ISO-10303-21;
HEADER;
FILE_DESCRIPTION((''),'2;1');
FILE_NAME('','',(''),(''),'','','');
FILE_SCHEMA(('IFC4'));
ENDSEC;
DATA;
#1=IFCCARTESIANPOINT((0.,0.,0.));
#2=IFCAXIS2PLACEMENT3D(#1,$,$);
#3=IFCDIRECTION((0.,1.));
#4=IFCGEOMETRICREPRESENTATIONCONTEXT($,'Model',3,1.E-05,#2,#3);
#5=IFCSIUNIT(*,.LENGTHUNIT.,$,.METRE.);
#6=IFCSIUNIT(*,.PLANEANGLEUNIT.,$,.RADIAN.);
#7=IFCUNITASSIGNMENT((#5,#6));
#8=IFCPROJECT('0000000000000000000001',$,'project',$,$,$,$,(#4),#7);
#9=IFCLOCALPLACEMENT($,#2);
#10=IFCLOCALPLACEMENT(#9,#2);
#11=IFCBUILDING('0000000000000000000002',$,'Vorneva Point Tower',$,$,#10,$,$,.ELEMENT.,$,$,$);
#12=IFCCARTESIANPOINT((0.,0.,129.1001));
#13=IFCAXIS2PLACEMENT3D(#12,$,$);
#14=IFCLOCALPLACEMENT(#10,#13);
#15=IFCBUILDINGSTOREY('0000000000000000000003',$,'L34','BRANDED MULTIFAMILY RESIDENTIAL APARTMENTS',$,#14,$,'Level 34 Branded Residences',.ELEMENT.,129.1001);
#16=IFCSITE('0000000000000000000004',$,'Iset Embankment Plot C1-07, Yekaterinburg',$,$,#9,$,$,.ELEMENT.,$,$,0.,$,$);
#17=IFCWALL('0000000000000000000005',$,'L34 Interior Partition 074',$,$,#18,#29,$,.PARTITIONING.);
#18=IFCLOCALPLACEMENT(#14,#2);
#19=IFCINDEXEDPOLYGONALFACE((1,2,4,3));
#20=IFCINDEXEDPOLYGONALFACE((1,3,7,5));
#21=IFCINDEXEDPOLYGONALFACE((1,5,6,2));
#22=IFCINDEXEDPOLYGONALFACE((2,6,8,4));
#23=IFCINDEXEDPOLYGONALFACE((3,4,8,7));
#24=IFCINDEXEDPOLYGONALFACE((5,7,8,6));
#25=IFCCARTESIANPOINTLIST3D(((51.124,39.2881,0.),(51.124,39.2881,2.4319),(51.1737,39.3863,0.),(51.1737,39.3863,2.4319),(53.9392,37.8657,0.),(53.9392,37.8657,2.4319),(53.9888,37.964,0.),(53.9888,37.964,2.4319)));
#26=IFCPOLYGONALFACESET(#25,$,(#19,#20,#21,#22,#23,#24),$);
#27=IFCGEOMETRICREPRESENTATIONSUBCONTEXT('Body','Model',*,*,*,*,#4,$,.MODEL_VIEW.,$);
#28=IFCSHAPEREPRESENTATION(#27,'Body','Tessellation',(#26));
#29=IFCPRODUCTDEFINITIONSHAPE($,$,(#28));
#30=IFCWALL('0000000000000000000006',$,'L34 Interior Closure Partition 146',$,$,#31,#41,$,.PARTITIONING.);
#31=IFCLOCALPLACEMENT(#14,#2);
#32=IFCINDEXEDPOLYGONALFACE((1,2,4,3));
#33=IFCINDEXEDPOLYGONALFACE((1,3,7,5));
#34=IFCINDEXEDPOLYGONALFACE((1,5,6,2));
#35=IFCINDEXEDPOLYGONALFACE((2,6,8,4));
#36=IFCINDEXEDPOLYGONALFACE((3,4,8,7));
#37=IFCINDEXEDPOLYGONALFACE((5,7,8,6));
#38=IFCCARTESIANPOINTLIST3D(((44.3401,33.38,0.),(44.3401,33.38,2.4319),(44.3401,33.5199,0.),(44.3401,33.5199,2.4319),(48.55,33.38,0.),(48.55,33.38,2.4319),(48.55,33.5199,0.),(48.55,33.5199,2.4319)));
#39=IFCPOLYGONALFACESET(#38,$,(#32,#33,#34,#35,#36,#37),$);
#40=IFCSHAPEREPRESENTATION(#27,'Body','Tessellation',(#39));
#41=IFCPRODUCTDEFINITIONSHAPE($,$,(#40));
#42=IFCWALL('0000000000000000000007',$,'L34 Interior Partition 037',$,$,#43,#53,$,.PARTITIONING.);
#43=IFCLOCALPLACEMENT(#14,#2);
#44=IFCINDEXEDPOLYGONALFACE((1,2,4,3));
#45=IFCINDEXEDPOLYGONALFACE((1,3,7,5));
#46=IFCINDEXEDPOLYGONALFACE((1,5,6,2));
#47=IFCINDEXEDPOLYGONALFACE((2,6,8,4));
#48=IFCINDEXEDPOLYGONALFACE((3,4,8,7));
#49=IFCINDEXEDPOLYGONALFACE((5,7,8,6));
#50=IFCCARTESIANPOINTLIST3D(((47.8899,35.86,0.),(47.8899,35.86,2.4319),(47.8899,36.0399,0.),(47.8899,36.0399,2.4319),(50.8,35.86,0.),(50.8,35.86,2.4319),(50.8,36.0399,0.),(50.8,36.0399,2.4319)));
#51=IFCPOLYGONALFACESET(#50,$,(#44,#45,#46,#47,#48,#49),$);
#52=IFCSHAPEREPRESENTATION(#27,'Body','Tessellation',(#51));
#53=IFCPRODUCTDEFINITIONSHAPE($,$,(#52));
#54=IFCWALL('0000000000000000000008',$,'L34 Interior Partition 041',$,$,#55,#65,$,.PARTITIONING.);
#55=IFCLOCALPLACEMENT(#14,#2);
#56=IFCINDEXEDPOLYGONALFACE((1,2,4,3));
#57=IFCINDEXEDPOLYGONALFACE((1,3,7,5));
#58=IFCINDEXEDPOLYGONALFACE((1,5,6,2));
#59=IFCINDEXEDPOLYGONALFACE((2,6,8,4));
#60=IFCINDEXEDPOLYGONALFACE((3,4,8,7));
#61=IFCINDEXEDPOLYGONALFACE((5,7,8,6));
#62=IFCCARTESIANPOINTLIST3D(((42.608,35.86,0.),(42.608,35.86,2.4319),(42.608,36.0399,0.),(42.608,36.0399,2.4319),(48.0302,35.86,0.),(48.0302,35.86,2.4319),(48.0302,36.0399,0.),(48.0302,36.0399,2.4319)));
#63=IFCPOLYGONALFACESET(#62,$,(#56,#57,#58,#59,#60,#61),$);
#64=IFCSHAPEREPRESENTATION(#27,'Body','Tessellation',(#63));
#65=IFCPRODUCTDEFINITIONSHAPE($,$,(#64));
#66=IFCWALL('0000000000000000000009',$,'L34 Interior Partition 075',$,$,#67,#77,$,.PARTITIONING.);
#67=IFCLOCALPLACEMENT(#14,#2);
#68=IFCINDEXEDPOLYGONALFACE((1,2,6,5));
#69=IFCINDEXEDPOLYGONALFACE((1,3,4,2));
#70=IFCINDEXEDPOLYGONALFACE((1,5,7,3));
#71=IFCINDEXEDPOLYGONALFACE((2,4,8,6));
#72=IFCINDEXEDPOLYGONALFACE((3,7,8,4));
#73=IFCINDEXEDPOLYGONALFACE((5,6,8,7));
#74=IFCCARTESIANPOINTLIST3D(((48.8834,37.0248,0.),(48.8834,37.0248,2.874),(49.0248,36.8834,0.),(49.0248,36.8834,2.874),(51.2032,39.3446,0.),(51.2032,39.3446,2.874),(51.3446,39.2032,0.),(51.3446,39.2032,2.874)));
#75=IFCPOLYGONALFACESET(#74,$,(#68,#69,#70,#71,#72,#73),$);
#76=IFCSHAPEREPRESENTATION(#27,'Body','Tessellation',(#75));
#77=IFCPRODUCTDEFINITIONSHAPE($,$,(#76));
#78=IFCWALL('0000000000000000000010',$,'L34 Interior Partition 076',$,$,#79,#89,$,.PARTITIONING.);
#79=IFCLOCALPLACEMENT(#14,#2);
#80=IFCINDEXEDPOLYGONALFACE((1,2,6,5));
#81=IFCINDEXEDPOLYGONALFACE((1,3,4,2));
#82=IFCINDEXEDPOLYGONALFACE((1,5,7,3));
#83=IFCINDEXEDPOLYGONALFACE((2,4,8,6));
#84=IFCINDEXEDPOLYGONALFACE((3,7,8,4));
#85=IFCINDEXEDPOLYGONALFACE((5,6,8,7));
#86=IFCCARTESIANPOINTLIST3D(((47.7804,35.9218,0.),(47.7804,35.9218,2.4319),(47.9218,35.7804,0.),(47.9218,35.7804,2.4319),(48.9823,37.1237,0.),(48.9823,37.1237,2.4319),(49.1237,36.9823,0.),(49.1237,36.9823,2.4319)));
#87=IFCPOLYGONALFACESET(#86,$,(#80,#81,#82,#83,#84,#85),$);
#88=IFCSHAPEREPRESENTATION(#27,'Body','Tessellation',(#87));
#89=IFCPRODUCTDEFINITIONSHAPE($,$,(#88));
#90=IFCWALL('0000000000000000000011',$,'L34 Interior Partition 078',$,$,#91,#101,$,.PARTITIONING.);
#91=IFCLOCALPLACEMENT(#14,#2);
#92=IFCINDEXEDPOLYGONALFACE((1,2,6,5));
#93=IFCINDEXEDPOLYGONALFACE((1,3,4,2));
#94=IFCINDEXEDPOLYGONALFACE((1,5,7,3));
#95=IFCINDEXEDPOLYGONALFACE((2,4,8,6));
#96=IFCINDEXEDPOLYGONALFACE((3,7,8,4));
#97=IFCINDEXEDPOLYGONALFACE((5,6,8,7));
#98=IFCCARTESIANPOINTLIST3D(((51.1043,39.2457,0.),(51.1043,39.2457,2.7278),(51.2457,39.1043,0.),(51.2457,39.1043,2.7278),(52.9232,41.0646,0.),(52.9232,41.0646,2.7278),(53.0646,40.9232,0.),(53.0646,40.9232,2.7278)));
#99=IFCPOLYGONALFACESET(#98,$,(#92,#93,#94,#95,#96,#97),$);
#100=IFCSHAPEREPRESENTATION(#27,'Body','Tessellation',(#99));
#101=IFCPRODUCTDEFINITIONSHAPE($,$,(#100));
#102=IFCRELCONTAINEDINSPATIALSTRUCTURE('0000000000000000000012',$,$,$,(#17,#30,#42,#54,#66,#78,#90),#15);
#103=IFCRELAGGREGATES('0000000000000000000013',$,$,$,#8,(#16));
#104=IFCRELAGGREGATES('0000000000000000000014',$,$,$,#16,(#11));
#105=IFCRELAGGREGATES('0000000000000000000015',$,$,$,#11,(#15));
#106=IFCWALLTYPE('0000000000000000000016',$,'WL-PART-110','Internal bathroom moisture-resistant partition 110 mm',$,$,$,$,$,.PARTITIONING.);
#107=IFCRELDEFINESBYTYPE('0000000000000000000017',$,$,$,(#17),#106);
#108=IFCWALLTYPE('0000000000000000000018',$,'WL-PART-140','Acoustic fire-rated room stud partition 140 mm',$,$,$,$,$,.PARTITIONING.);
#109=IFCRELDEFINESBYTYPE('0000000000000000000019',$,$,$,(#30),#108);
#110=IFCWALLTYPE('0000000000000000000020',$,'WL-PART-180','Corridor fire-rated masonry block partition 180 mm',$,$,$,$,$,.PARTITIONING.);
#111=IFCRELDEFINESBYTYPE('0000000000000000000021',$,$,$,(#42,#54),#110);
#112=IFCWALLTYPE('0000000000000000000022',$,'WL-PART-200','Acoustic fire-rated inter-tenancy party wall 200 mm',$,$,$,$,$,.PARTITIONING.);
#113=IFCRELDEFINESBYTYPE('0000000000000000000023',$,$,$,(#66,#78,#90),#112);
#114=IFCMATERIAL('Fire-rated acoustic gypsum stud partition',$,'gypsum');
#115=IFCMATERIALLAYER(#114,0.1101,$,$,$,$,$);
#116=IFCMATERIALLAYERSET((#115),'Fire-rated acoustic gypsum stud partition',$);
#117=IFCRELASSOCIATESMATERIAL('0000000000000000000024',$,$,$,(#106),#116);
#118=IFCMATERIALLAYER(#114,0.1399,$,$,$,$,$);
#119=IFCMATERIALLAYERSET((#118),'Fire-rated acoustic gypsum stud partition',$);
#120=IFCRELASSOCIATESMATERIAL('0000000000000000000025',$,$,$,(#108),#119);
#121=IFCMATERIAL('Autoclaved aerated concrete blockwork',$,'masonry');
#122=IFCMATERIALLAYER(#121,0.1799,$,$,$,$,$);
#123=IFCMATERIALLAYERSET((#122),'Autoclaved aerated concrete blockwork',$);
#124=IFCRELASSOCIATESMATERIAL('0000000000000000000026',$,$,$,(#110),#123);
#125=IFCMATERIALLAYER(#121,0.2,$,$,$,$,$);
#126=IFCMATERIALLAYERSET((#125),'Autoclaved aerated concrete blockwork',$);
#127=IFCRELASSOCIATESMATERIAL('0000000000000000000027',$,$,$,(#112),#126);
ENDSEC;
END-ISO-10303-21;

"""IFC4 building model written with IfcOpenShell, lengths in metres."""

from ifc_helpers import new_model, si_unit, direction, frame, frame_2d, origin, place, context, subcontext, project, spatial, rectangle, extrude, material, layer, layer_set, type_object, element, save


model = new_model("IFC4")

# Units and contexts
model_context = context("Model", 3, precision=1e-05, world=origin(), true_north=direction((0.0, 1.0)))
body_context = subcontext(model_context, "Body", "Model", "MODEL_VIEW")
ifc_project = project(units=[si_unit("LENGTHUNIT", "METRE"), si_unit("PLANEANGLEUNIT", "RADIAN")], contexts=[model_context])

# Site, building, storey
site_placement = place(None, origin())
site = spatial("IfcSite", under=ifc_project, at=site_placement, Name="Iset Embankment Plot C1-07, Yekaterinburg", CompositionType="ELEMENT", RefElevation=0.0)
building_placement = place(site_placement, origin())
building = spatial("IfcBuilding", under=site, at=building_placement, Name="Vorneva Point Tower", CompositionType="ELEMENT")
storey_placement = place(building_placement, frame((0.0, 0.0, 129.1001)))
storey = spatial("IfcBuildingStorey", under=building, at=storey_placement, Name="L34", Description="BRANDED MULTIFAMILY RESIDENTIAL APARTMENTS", LongName="Level 34 Branded Residences", CompositionType="ELEMENT", Elevation=129.1001)

# Shared definitions
ifc_material_1 = material(Name="Fire-rated acoustic gypsum stud partition", Category="gypsum")
ifc_layer_1 = layer(ifc_material_1, 0.1101)
ifc_layer_set_1 = layer_set([ifc_layer_1], Name="Fire-rated acoustic gypsum stud partition")
wall_type_1 = type_object("IfcWallType", Name="WL-PART-110", Description="Internal bathroom moisture-resistant partition 110 mm", PredefinedType="PARTITIONING", material=ifc_layer_set_1)

# Walls
wall_1_placement = place(storey_placement, frame((53.9641, 37.9148, 0.0), z_axis=(0.0, 0.0, 1.0), x_axis=(-0.892546, 0.450956, 0.0)))
element("IfcWall", 1, at=wall_1_placement, inside=storey, type_object=wall_type_1, Name="L34 Interior Partition 074", PredefinedType="PARTITIONING", context=body_context, shape_type="SweptSolid", body=[
    extrude(rectangle(XDim=3.1541, YDim=0.1101, at=frame_2d((1.5771, 0.0))), origin(), (0.0, 0.0, 1.0), 2.4319),
])
ifc_layer_2 = layer(ifc_material_1, 0.1399)
ifc_layer_set_2 = layer_set([ifc_layer_2], Name="Fire-rated acoustic gypsum stud partition")
wall_type_2 = type_object("IfcWallType", Name="WL-PART-140", Description="Acoustic fire-rated room stud partition 140 mm", PredefinedType="PARTITIONING", material=ifc_layer_set_2)
wall_2_placement = place(storey_placement, frame((48.55, 33.45, 0.0), z_axis=(0.0, 0.0, 1.0), x_axis=(-1.0, 0.0, 0.0)))
element("IfcWall", 2, at=wall_2_placement, inside=storey, type_object=wall_type_2, Name="L34 Interior Closure Partition 146", PredefinedType="PARTITIONING", context=body_context, shape_type="SweptSolid", body=[
    extrude(rectangle(XDim=4.21, YDim=0.1399, at=frame_2d((2.105, 0.0))), origin(), (0.0, 0.0, 1.0), 2.4319),
])
ifc_material_2 = material(Name="Autoclaved aerated concrete blockwork", Category="masonry")
ifc_layer_3 = layer(ifc_material_2, 0.1799)
ifc_layer_set_3 = layer_set([ifc_layer_3], Name="Autoclaved aerated concrete blockwork")
wall_type_3 = type_object("IfcWallType", Name="WL-PART-180", Description="Corridor fire-rated masonry block partition 180 mm", PredefinedType="PARTITIONING", material=ifc_layer_set_3)
wall_3_placement = place(storey_placement, frame((50.8, 35.95, 0.0), z_axis=(0.0, 0.0, 1.0), x_axis=(-1.0, 0.0, 0.0)))
element("IfcWall", 3, at=wall_3_placement, inside=storey, type_object=wall_type_3, Name="L34 Interior Partition 037", PredefinedType="PARTITIONING", context=body_context, shape_type="SweptSolid", body=[
    extrude(rectangle(XDim=2.9102, YDim=0.1799, at=frame_2d((1.4551, 0.0))), origin(), (0.0, 0.0, 1.0), 2.4319),
])
wall_4_placement = place(storey_placement, frame((48.03, 35.95, 0.0), z_axis=(0.0, 0.0, 1.0), x_axis=(-1.0, 0.0, 0.0)))
element("IfcWall", 4, at=wall_4_placement, inside=storey, type_object=wall_type_3, Name="L34 Interior Partition 041", PredefinedType="PARTITIONING", context=body_context, shape_type="SweptSolid", body=[
    extrude(rectangle(XDim=5.4221, YDim=0.1799, at=frame_2d((2.7109, 0.0))), origin(), (0.0, 0.0, 1.0), 2.4319),
])
ifc_layer_4 = layer(ifc_material_2, 0.2)
ifc_layer_set_4 = layer_set([ifc_layer_4], Name="Autoclaved aerated concrete blockwork")
wall_type_4 = type_object("IfcWallType", Name="WL-PART-200", Description="Acoustic fire-rated inter-tenancy party wall 200 mm", PredefinedType="PARTITIONING", material=ifc_layer_set_4)
wall_5_placement = place(storey_placement, frame((51.2739, 39.2739, 0.0), z_axis=(0.0, 0.0, 1.0), x_axis=(-0.707107, -0.707107, 0.0)))
element("IfcWall", 5, at=wall_5_placement, inside=storey, type_object=wall_type_4, Name="L34 Interior Partition 075", PredefinedType="PARTITIONING", context=body_context, shape_type="SweptSolid", body=[
    extrude(rectangle(XDim=3.2808, YDim=0.2, at=frame_2d((1.6404, 0.0))), origin(), (0.0, 0.0, 1.0), 2.874),
])
wall_6_placement = place(storey_placement, frame((49.053, 37.053, 0.0), z_axis=(0.0, 0.0, 1.0), x_axis=(-0.707107, -0.707107, 0.0)))
element("IfcWall", 6, at=wall_6_placement, inside=storey, type_object=wall_type_4, Name="L34 Interior Partition 076", PredefinedType="PARTITIONING", context=body_context, shape_type="SweptSolid", body=[
    extrude(rectangle(XDim=1.6997, YDim=0.2, at=frame_2d((0.8499, 0.0))), origin(), (0.0, 0.0, 1.0), 2.4319),
])
wall_7_placement = place(storey_placement, frame((52.9939, 40.9939, 0.0), z_axis=(0.0, 0.0, 1.0), x_axis=(-0.707107, -0.707107, 0.0)))
element("IfcWall", 7, at=wall_7_placement, inside=storey, type_object=wall_type_4, Name="L34 Interior Partition 078", PredefinedType="PARTITIONING", context=body_context, shape_type="SweptSolid", body=[
    extrude(rectangle(XDim=2.5723, YDim=0.2, at=frame_2d((1.2861, 0.0))), origin(), (0.0, 0.0, 1.0), 2.7278),
])

save(model, "model.ifc")
